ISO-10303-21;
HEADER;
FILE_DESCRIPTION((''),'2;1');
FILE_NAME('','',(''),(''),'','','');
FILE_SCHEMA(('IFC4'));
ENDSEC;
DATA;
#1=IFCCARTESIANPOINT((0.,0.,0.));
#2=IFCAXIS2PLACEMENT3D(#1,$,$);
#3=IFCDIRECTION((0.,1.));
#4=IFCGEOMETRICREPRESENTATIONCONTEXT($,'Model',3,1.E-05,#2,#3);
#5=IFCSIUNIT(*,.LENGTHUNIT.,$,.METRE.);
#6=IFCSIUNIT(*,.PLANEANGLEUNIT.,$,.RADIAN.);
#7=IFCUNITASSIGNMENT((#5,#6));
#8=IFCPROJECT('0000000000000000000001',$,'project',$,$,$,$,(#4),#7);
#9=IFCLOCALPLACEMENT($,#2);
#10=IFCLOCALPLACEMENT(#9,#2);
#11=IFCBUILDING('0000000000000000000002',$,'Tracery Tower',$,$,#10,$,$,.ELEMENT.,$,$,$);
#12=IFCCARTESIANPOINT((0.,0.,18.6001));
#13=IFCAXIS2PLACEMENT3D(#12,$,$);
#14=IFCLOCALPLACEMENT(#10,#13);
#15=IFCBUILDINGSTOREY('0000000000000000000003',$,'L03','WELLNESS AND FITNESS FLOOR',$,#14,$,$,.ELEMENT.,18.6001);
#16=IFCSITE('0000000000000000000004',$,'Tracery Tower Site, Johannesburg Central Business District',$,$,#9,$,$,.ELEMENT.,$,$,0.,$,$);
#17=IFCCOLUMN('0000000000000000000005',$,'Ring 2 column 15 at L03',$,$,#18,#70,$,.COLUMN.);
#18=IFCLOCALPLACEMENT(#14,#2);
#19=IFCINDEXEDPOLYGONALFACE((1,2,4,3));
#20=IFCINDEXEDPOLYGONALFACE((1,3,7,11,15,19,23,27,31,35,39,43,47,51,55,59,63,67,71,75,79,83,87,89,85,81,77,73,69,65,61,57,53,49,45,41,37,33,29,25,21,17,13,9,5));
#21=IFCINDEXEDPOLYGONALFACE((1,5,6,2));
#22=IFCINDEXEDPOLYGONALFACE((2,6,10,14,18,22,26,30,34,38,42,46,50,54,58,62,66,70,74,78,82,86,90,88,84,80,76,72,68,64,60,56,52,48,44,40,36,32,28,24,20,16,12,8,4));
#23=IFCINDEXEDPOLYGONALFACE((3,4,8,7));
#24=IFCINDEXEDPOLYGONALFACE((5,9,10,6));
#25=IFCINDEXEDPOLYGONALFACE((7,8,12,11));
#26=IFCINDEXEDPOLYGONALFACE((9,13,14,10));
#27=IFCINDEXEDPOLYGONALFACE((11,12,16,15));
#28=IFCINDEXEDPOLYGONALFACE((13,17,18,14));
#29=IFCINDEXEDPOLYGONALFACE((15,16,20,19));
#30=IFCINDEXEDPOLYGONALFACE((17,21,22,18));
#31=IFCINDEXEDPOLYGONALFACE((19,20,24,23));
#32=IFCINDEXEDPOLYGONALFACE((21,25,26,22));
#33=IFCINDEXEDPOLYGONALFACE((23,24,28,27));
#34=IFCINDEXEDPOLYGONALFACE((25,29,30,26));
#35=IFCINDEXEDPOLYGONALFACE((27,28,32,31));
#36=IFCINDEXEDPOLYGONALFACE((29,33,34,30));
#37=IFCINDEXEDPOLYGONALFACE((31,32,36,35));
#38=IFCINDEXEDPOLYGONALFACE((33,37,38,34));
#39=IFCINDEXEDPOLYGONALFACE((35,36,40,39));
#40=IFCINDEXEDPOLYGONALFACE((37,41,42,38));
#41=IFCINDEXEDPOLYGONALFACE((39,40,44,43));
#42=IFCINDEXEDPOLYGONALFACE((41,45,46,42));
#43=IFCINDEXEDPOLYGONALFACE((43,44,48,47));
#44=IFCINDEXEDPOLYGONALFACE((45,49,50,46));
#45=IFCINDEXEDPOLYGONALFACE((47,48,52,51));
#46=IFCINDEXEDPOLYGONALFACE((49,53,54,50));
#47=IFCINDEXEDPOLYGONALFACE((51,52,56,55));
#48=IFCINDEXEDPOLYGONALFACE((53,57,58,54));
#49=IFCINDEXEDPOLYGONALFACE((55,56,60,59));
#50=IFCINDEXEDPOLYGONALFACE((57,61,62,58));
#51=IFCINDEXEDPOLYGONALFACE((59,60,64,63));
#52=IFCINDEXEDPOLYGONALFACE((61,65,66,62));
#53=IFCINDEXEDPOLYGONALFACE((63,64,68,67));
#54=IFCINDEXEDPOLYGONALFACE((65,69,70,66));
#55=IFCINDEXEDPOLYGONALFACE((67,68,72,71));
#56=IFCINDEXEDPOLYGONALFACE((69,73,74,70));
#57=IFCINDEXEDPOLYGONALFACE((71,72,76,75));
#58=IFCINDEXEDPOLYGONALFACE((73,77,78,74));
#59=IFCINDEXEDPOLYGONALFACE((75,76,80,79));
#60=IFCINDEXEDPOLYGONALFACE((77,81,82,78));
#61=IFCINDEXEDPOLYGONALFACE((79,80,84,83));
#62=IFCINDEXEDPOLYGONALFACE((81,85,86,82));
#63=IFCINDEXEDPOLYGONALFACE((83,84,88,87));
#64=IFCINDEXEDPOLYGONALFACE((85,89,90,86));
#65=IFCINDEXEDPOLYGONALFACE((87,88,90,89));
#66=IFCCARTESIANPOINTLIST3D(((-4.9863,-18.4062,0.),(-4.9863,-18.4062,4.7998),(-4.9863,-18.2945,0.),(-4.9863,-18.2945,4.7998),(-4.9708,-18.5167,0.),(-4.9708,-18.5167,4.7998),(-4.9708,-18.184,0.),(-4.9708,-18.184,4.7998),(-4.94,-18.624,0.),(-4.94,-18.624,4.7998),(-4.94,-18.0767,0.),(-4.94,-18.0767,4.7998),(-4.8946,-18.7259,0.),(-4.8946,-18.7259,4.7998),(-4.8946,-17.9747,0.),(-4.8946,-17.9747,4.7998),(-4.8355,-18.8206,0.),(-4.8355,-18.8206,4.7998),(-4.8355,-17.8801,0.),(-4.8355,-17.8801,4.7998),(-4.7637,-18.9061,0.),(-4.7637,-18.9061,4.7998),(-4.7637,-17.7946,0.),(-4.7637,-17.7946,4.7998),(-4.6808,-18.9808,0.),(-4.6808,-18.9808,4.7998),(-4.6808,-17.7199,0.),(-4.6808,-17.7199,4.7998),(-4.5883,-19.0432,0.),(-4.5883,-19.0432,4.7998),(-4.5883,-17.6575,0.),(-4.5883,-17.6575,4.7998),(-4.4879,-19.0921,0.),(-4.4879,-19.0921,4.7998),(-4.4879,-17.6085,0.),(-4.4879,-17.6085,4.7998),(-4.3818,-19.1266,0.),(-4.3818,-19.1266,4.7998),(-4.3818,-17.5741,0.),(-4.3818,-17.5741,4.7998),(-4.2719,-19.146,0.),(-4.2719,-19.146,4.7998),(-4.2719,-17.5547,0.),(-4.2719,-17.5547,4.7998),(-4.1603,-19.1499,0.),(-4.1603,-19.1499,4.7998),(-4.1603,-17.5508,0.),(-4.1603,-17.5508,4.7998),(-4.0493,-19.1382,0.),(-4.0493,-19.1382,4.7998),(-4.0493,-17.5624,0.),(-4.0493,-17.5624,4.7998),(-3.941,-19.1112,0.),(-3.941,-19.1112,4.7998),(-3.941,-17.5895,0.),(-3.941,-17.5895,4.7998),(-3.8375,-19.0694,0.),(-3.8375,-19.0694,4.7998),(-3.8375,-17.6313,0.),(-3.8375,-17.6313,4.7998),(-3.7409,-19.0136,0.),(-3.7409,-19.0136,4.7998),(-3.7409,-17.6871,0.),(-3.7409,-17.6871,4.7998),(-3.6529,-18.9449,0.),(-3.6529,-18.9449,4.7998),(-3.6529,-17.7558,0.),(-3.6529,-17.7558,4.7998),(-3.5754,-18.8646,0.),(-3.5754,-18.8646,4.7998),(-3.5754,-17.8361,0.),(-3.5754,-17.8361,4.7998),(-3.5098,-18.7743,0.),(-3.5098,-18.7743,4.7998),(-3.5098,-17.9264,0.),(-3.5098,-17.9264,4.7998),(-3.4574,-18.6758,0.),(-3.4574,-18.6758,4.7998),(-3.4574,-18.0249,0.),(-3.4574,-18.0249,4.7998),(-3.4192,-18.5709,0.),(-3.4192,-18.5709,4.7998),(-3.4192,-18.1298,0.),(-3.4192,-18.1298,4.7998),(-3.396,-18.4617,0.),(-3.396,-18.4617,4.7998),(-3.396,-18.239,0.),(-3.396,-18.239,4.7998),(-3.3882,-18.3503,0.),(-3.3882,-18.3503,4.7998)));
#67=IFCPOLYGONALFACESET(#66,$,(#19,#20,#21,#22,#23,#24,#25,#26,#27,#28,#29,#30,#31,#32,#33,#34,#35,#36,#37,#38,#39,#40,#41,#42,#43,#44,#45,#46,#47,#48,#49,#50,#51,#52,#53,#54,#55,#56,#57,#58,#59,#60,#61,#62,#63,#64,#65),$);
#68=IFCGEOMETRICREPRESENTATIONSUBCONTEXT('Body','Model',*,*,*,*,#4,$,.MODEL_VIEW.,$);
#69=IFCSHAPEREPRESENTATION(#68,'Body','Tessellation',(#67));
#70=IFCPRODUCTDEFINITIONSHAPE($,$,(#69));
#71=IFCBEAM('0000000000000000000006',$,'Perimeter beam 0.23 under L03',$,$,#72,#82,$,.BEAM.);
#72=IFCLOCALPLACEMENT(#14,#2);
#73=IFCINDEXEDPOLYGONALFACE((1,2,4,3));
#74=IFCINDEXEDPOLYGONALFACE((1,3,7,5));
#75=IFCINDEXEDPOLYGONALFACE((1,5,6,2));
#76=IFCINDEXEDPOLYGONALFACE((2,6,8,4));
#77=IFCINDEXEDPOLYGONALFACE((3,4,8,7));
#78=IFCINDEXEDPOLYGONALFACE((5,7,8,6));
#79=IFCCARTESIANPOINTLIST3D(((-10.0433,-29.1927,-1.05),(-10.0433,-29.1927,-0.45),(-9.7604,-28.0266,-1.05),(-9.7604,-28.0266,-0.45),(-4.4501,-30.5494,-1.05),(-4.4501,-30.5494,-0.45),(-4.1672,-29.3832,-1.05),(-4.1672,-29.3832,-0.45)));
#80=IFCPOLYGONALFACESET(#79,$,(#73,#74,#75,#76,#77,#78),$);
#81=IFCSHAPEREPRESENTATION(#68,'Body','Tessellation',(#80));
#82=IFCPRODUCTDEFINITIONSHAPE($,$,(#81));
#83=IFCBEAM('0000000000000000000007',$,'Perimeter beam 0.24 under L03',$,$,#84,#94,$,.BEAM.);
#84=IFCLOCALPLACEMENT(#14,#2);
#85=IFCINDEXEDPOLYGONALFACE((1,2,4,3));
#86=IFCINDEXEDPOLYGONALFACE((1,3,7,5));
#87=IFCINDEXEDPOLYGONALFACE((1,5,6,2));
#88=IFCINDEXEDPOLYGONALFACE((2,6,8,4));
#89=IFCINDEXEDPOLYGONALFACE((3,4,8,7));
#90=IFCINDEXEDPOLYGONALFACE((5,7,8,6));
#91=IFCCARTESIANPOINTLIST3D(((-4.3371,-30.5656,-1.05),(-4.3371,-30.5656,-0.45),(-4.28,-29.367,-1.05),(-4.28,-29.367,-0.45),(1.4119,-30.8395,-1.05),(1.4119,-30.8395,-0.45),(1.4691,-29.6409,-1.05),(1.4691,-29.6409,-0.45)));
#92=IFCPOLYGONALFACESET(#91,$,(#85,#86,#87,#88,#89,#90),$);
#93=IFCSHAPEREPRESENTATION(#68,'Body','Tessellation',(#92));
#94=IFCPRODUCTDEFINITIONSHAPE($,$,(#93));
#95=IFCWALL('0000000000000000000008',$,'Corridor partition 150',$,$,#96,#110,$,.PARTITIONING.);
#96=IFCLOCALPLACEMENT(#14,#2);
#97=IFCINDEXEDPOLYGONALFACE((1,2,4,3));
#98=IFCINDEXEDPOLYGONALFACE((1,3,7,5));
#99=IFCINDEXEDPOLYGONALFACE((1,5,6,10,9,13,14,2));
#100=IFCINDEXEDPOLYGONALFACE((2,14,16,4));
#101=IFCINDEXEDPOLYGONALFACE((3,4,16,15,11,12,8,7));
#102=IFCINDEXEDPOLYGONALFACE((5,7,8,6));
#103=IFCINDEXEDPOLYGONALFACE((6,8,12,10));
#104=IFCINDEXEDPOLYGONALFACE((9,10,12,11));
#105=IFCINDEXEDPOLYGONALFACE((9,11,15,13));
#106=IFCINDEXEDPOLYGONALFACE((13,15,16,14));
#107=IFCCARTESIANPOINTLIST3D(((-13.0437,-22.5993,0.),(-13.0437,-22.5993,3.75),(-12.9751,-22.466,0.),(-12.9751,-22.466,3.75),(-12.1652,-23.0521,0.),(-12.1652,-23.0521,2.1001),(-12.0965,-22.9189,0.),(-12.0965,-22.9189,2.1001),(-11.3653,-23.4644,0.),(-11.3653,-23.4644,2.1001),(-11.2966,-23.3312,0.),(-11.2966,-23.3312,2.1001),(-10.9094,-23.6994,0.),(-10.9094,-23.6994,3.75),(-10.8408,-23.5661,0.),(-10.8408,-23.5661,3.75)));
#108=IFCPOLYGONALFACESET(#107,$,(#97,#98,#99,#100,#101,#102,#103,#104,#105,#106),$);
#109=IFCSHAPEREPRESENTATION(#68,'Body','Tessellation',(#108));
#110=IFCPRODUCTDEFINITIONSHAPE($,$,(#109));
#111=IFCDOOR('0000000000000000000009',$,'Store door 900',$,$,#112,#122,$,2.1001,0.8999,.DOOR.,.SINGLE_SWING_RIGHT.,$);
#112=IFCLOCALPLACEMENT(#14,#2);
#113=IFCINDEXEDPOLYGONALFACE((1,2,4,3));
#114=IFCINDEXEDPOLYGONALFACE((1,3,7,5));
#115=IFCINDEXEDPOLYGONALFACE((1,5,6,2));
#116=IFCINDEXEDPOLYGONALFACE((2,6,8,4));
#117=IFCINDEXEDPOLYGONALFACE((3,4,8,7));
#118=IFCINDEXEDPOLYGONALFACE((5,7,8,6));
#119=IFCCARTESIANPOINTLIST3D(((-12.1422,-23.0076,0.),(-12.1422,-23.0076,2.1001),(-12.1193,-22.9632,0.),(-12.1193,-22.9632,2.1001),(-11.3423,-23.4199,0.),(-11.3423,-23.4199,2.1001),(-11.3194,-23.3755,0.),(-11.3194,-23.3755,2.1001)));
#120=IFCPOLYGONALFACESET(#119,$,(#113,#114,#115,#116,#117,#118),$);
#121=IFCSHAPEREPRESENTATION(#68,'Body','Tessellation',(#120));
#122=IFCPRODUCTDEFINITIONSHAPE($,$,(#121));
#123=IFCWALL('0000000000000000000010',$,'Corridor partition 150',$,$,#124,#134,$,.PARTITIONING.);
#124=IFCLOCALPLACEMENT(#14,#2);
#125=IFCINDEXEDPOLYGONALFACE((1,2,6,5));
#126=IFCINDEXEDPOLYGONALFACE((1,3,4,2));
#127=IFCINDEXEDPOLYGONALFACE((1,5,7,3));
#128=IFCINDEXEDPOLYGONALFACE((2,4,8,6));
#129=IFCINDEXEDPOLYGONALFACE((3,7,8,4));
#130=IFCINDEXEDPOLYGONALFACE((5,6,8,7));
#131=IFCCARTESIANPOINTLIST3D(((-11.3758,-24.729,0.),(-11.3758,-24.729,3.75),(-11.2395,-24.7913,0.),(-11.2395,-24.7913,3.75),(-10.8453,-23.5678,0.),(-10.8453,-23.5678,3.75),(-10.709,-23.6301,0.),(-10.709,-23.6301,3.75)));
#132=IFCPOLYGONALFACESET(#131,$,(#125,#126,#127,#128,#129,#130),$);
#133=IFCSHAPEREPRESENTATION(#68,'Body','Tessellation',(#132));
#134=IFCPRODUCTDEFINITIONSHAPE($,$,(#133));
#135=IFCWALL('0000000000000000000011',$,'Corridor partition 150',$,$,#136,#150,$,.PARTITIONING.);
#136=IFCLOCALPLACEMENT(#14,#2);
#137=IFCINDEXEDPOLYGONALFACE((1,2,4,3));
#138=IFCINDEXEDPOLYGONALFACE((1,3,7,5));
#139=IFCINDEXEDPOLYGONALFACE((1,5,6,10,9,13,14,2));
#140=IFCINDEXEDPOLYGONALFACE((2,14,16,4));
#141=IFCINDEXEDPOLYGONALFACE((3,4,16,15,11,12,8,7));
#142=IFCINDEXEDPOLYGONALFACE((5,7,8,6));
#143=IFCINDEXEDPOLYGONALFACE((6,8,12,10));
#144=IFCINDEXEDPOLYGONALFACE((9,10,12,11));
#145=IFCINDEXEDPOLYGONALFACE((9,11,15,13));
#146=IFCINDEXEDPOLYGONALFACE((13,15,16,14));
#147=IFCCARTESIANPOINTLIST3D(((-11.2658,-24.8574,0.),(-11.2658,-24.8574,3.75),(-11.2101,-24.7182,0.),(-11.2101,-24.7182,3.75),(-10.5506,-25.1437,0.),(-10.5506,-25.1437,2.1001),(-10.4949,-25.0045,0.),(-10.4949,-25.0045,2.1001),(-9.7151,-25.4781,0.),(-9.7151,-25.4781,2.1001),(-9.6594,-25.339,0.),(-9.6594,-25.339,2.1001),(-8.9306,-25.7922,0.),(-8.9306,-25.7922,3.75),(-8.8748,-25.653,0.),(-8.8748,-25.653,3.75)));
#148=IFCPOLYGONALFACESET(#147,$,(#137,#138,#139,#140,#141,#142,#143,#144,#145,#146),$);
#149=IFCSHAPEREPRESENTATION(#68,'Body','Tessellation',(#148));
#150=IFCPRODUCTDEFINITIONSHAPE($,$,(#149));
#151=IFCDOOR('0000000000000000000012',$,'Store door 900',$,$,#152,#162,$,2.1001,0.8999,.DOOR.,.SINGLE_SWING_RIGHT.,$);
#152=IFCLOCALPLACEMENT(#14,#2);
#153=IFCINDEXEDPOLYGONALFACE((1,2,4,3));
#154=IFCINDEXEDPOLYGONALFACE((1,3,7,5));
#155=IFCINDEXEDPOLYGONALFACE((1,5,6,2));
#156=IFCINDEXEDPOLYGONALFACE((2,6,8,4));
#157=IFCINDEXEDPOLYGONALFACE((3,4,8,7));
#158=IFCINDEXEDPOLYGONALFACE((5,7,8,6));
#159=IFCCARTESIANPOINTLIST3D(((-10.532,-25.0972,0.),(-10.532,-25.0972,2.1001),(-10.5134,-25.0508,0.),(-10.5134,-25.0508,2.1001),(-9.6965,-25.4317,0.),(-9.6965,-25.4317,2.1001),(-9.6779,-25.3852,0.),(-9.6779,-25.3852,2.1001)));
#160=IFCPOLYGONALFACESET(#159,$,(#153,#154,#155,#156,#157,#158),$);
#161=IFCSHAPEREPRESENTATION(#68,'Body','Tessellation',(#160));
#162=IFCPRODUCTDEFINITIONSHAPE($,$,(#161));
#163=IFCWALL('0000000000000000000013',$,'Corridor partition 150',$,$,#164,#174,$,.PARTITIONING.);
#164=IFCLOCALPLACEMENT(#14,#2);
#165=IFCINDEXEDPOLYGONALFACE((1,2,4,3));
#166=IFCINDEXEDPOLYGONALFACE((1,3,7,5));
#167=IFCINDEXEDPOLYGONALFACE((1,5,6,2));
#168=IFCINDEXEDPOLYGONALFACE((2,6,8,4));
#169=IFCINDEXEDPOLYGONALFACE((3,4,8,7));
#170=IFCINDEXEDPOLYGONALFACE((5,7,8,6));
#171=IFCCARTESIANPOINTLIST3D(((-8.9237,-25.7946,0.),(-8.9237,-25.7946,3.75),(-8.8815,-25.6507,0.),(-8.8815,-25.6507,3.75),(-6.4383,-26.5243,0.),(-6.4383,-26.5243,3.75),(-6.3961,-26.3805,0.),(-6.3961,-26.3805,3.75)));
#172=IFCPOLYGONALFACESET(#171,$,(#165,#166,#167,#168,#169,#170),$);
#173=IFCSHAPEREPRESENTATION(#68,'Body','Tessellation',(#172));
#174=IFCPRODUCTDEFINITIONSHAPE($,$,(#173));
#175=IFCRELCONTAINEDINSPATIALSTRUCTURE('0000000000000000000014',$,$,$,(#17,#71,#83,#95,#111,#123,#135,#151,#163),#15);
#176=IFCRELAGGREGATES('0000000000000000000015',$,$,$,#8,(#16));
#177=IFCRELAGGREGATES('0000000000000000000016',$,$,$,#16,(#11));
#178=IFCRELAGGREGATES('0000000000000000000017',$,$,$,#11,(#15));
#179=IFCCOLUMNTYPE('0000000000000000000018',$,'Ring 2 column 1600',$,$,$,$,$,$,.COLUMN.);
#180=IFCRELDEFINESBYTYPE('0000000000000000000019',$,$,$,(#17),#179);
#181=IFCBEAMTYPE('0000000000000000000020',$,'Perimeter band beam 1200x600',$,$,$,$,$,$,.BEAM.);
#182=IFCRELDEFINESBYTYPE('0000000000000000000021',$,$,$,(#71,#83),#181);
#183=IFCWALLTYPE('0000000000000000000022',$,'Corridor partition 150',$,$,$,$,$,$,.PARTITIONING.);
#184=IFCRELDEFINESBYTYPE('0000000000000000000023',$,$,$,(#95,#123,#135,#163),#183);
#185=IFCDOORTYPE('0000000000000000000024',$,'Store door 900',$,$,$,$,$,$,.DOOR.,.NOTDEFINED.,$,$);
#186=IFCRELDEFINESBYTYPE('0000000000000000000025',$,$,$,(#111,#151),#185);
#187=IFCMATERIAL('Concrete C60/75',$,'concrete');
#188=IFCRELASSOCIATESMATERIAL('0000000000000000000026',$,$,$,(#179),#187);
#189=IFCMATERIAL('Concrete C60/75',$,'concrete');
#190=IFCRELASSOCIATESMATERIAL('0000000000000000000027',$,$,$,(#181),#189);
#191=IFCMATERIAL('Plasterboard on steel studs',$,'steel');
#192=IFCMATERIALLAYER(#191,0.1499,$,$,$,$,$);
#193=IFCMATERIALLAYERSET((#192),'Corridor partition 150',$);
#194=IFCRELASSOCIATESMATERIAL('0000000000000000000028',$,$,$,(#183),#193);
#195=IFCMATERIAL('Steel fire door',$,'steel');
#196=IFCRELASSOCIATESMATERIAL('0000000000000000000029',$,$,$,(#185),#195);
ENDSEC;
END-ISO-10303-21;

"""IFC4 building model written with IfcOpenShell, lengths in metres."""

from ifc_helpers import new_model, si_unit, direction, frame, frame_2d, origin, origin_2d, place, context, subcontext, project, spatial, rectangle, circle, extrude, material, layer, layer_set, material_profile, profile_set, type_object, element, fill, save


model = new_model("IFC4")

# Units and contexts
model_context = context("Model", 3, precision=1e-05, world=origin(), true_north=direction((0.0, 1.0)))
body_context = subcontext(model_context, "Body", "Model", "MODEL_VIEW")
ifc_project = project(units=[si_unit("LENGTHUNIT", "METRE"), si_unit("PLANEANGLEUNIT", "RADIAN")], contexts=[model_context])

# Site, building, storey
site_placement = place(None, origin())
site = spatial("IfcSite", under=ifc_project, at=site_placement, Name="Tracery Tower Site, Johannesburg Central Business District", CompositionType="ELEMENT", RefElevation=0.0)
building_placement = place(site_placement, origin())
building = spatial("IfcBuilding", under=site, at=building_placement, Name="Tracery Tower", CompositionType="ELEMENT")
storey_placement = place(building_placement, frame((0.0, 0.0, 18.6001)))
storey = spatial("IfcBuildingStorey", under=building, at=storey_placement, Name="L03", Description="WELLNESS AND FITNESS FLOOR", CompositionType="ELEMENT", Elevation=18.6001)

# Column
ifc_material_1 = material(Name="Concrete C60/75", Category="concrete")
ifc_material_profile_1 = material_profile(ifc_material_1, circle(Radius=0.8, at=origin_2d()), Name="RC D1600")
ifc_profile_set_1 = profile_set([ifc_material_profile_1], Name="Concrete C60/75")
column_type_1 = type_object("IfcColumnType", Name="Ring 2 column 1600", PredefinedType="COLUMN", material=ifc_profile_set_1)
for number, where, z_axis, x_axis, name in (
    (1, (-4.1882, -18.3503, 0.0), (0.0, 0.0, 1.0), (1.0, 0.0, 0.0), "Ring 2 column 15 at L03"),
):
    element("IfcColumn", number, at=place(storey_placement, frame(where, z_axis=z_axis, x_axis=x_axis)), inside=storey, type_object=column_type_1, Name=name, PredefinedType="COLUMN", context=body_context, shape_type="SweptSolid", body=[
        extrude(circle(Radius=0.8, at=origin_2d()), origin(), (0.0, 0.0, 1.0), 4.7998),
    ])

# Beams
ifc_material_2 = material(Name="Concrete C60/75", Category="concrete")
ifc_material_profile_2 = material_profile(ifc_material_2, rectangle(XDim=1.2, YDim=0.6001, at=origin_2d()), Name="RC 1200x600")
ifc_profile_set_2 = profile_set([ifc_material_profile_2], Name="Concrete C60/75")
beam_type = type_object("IfcBeamType", Name="Perimeter band beam 1200x600", PredefinedType="BEAM", material=ifc_profile_set_2)
beam_1_placement = place(storey_placement, frame((-9.9019, -28.6096, -0.75), z_axis=(0.97182, -0.235723, 0.0), x_axis=(0.235723, 0.97182, 0.0)))
element("IfcBeam", 2, at=beam_1_placement, inside=storey, type_object=beam_type, Name="Perimeter beam 0.23 under L03", PredefinedType="BEAM", context=body_context, shape_type="SweptSolid", body=[
    extrude(rectangle(XDim=1.2, YDim=0.6001, at=origin_2d()), origin(), (0.0, 0.0, 1.0), 5.7554),
])
beam_2_placement = place(storey_placement, frame((-4.3086, -29.9663, -0.75), z_axis=(0.998867, -0.047593, 0.0), x_axis=(0.047593, 0.998867, 0.0)))
element("IfcBeam", 3, at=beam_2_placement, inside=storey, type_object=beam_type, Name="Perimeter beam 0.24 under L03", PredefinedType="BEAM", context=body_context, shape_type="SweptSolid", body=[
    extrude(rectangle(XDim=1.2, YDim=0.6001, at=origin_2d()), origin(), (0.0, 0.0, 1.0), 5.7556),
])

# Wall, opening, door
ifc_material_3 = material(Name="Plasterboard on steel studs", Category="steel")
ifc_layer_1 = layer(ifc_material_3, 0.1499)
ifc_layer_set_1 = layer_set([ifc_layer_1], Name="Corridor partition 150")
wall_type_1 = type_object("IfcWallType", Name="Corridor partition 150", PredefinedType="PARTITIONING", material=ifc_layer_set_1)
wall_1_placement = place(storey_placement, frame((-10.875, -23.6328, 0.0), z_axis=(0.0, 0.0, 1.0), x_axis=(-0.888869, 0.458161, 0.0)))
wall_1 = element("IfcWall", 4, at=wall_1_placement, inside=storey, type_object=wall_type_1, Name="Corridor partition 150", PredefinedType="PARTITIONING", context=body_context, shape_type="SweptSolid", body=[
    extrude(rectangle(XDim=2.4011, YDim=0.1499, at=frame_2d((1.2007, 0.0))), origin(), (0.0, 0.0, 1.0), 3.75),
])
opening_1_placement = place(wall_1_placement, frame((0.5129, 0.0, 0.0)))
opening_1 = element("IfcOpeningElement", 5, at=opening_1_placement, cuts=wall_1, PredefinedType="OPENING", context=body_context, shape_type="SweptSolid", body=[
    extrude(rectangle(XDim=0.8999, YDim=2.1001, at=frame_2d((0.45, 1.05))), frame((0.0, 0.075, 0.0), z_axis=(0.0, -1.0, 0.0), x_axis=(1.0, 0.0, 0.0)), (0.0, 0.0, 1.0), 0.1499),
])
ifc_material_4 = material(Name="Steel fire door", Category="steel")
door_type = type_object("IfcDoorType", Name="Store door 900", OperationType="NOTDEFINED", PredefinedType="DOOR", material=ifc_material_4)
door_1_placement = place(opening_1_placement, origin())
door_1 = element("IfcDoor", 6, at=door_1_placement, inside=storey, type_object=door_type, Name="Store door 900", OperationType="SINGLE_SWING_RIGHT", OverallHeight=2.1001, OverallWidth=0.8999, PredefinedType="DOOR", context=body_context, shape_type="SweptSolid", body=[
    extrude(rectangle(XDim=0.8999, YDim=2.1001, at=frame_2d((0.45, 1.05))), frame((0.0, 0.0249, 0.0), z_axis=(0.0, -1.0, 0.0), x_axis=(1.0, 0.0, 0.0)), (0.0, 0.0, 1.0), 0.05),
])
fill(opening_1, door_1)

# Wall
wall_2_placement = place(storey_placement, frame((-11.3076, -24.76, 0.0), z_axis=(0.0, 0.0, 1.0), x_axis=(0.415574, 0.909559, 0.0)))
element("IfcWall", 7, at=wall_2_placement, inside=storey, type_object=wall_type_1, Name="Corridor partition 150", PredefinedType="PARTITIONING", context=body_context, shape_type="SweptSolid", body=[
    extrude(rectangle(XDim=1.2766, YDim=0.1499, at=frame_2d((0.6382, 0.0))), origin(), (0.0, 0.0, 1.0), 3.75),
])

# Wall, opening, door
wall_3_placement = place(storey_placement, frame((-8.9026, -25.7227, 0.0), z_axis=(0.0, 0.0, 1.0), x_axis=(-0.928376, 0.371642, 0.0)))
wall_3 = element("IfcWall", 8, at=wall_3_placement, inside=storey, type_object=wall_type_1, Name="Corridor partition 150", PredefinedType="PARTITIONING", context=body_context, shape_type="SweptSolid", body=[
    extrude(rectangle(XDim=2.5154, YDim=0.1499, at=frame_2d((1.2578, 0.0))), origin(), (0.0, 0.0, 1.0), 3.75),
])
opening_2_placement = place(wall_3_placement, frame((0.8452, 0.0, 0.0)))
opening_2 = element("IfcOpeningElement", 9, at=opening_2_placement, cuts=wall_3, PredefinedType="OPENING", context=body_context, shape_type="SweptSolid", body=[
    extrude(rectangle(XDim=0.8999, YDim=2.1001, at=frame_2d((0.45, 1.05))), frame((0.0, 0.075, 0.0), z_axis=(0.0, -1.0, 0.0), x_axis=(1.0, 0.0, 0.0)), (0.0, 0.0, 1.0), 0.1499),
])
door_2_placement = place(opening_2_placement, origin())
door_2 = element("IfcDoor", 10, at=door_2_placement, inside=storey, type_object=door_type, Name="Store door 900", OperationType="SINGLE_SWING_RIGHT", OverallHeight=2.1001, OverallWidth=0.8999, PredefinedType="DOOR", context=body_context, shape_type="SweptSolid", body=[
    extrude(rectangle(XDim=0.8999, YDim=2.1001, at=frame_2d((0.45, 1.05))), frame((0.0, 0.0249, 0.0), z_axis=(0.0, -1.0, 0.0), x_axis=(1.0, 0.0, 0.0)), (0.0, 0.0, 1.0), 0.05),
])
fill(opening_2, door_2)

# Wall
wall_4_placement = place(storey_placement, frame((-8.9026, -25.7227, 0.0), z_axis=(0.0, 0.0, 1.0), x_axis=(0.959496, -0.281722, 0.0)))
element("IfcWall", 11, at=wall_4_placement, inside=storey, type_object=wall_type_1, Name="Corridor partition 150", PredefinedType="PARTITIONING", context=body_context, shape_type="SweptSolid", body=[
    extrude(rectangle(XDim=2.5903, YDim=0.1499, at=frame_2d((1.2952, 0.0))), origin(), (0.0, 0.0, 1.0), 3.75),
])

save(model, "model.ifc")
